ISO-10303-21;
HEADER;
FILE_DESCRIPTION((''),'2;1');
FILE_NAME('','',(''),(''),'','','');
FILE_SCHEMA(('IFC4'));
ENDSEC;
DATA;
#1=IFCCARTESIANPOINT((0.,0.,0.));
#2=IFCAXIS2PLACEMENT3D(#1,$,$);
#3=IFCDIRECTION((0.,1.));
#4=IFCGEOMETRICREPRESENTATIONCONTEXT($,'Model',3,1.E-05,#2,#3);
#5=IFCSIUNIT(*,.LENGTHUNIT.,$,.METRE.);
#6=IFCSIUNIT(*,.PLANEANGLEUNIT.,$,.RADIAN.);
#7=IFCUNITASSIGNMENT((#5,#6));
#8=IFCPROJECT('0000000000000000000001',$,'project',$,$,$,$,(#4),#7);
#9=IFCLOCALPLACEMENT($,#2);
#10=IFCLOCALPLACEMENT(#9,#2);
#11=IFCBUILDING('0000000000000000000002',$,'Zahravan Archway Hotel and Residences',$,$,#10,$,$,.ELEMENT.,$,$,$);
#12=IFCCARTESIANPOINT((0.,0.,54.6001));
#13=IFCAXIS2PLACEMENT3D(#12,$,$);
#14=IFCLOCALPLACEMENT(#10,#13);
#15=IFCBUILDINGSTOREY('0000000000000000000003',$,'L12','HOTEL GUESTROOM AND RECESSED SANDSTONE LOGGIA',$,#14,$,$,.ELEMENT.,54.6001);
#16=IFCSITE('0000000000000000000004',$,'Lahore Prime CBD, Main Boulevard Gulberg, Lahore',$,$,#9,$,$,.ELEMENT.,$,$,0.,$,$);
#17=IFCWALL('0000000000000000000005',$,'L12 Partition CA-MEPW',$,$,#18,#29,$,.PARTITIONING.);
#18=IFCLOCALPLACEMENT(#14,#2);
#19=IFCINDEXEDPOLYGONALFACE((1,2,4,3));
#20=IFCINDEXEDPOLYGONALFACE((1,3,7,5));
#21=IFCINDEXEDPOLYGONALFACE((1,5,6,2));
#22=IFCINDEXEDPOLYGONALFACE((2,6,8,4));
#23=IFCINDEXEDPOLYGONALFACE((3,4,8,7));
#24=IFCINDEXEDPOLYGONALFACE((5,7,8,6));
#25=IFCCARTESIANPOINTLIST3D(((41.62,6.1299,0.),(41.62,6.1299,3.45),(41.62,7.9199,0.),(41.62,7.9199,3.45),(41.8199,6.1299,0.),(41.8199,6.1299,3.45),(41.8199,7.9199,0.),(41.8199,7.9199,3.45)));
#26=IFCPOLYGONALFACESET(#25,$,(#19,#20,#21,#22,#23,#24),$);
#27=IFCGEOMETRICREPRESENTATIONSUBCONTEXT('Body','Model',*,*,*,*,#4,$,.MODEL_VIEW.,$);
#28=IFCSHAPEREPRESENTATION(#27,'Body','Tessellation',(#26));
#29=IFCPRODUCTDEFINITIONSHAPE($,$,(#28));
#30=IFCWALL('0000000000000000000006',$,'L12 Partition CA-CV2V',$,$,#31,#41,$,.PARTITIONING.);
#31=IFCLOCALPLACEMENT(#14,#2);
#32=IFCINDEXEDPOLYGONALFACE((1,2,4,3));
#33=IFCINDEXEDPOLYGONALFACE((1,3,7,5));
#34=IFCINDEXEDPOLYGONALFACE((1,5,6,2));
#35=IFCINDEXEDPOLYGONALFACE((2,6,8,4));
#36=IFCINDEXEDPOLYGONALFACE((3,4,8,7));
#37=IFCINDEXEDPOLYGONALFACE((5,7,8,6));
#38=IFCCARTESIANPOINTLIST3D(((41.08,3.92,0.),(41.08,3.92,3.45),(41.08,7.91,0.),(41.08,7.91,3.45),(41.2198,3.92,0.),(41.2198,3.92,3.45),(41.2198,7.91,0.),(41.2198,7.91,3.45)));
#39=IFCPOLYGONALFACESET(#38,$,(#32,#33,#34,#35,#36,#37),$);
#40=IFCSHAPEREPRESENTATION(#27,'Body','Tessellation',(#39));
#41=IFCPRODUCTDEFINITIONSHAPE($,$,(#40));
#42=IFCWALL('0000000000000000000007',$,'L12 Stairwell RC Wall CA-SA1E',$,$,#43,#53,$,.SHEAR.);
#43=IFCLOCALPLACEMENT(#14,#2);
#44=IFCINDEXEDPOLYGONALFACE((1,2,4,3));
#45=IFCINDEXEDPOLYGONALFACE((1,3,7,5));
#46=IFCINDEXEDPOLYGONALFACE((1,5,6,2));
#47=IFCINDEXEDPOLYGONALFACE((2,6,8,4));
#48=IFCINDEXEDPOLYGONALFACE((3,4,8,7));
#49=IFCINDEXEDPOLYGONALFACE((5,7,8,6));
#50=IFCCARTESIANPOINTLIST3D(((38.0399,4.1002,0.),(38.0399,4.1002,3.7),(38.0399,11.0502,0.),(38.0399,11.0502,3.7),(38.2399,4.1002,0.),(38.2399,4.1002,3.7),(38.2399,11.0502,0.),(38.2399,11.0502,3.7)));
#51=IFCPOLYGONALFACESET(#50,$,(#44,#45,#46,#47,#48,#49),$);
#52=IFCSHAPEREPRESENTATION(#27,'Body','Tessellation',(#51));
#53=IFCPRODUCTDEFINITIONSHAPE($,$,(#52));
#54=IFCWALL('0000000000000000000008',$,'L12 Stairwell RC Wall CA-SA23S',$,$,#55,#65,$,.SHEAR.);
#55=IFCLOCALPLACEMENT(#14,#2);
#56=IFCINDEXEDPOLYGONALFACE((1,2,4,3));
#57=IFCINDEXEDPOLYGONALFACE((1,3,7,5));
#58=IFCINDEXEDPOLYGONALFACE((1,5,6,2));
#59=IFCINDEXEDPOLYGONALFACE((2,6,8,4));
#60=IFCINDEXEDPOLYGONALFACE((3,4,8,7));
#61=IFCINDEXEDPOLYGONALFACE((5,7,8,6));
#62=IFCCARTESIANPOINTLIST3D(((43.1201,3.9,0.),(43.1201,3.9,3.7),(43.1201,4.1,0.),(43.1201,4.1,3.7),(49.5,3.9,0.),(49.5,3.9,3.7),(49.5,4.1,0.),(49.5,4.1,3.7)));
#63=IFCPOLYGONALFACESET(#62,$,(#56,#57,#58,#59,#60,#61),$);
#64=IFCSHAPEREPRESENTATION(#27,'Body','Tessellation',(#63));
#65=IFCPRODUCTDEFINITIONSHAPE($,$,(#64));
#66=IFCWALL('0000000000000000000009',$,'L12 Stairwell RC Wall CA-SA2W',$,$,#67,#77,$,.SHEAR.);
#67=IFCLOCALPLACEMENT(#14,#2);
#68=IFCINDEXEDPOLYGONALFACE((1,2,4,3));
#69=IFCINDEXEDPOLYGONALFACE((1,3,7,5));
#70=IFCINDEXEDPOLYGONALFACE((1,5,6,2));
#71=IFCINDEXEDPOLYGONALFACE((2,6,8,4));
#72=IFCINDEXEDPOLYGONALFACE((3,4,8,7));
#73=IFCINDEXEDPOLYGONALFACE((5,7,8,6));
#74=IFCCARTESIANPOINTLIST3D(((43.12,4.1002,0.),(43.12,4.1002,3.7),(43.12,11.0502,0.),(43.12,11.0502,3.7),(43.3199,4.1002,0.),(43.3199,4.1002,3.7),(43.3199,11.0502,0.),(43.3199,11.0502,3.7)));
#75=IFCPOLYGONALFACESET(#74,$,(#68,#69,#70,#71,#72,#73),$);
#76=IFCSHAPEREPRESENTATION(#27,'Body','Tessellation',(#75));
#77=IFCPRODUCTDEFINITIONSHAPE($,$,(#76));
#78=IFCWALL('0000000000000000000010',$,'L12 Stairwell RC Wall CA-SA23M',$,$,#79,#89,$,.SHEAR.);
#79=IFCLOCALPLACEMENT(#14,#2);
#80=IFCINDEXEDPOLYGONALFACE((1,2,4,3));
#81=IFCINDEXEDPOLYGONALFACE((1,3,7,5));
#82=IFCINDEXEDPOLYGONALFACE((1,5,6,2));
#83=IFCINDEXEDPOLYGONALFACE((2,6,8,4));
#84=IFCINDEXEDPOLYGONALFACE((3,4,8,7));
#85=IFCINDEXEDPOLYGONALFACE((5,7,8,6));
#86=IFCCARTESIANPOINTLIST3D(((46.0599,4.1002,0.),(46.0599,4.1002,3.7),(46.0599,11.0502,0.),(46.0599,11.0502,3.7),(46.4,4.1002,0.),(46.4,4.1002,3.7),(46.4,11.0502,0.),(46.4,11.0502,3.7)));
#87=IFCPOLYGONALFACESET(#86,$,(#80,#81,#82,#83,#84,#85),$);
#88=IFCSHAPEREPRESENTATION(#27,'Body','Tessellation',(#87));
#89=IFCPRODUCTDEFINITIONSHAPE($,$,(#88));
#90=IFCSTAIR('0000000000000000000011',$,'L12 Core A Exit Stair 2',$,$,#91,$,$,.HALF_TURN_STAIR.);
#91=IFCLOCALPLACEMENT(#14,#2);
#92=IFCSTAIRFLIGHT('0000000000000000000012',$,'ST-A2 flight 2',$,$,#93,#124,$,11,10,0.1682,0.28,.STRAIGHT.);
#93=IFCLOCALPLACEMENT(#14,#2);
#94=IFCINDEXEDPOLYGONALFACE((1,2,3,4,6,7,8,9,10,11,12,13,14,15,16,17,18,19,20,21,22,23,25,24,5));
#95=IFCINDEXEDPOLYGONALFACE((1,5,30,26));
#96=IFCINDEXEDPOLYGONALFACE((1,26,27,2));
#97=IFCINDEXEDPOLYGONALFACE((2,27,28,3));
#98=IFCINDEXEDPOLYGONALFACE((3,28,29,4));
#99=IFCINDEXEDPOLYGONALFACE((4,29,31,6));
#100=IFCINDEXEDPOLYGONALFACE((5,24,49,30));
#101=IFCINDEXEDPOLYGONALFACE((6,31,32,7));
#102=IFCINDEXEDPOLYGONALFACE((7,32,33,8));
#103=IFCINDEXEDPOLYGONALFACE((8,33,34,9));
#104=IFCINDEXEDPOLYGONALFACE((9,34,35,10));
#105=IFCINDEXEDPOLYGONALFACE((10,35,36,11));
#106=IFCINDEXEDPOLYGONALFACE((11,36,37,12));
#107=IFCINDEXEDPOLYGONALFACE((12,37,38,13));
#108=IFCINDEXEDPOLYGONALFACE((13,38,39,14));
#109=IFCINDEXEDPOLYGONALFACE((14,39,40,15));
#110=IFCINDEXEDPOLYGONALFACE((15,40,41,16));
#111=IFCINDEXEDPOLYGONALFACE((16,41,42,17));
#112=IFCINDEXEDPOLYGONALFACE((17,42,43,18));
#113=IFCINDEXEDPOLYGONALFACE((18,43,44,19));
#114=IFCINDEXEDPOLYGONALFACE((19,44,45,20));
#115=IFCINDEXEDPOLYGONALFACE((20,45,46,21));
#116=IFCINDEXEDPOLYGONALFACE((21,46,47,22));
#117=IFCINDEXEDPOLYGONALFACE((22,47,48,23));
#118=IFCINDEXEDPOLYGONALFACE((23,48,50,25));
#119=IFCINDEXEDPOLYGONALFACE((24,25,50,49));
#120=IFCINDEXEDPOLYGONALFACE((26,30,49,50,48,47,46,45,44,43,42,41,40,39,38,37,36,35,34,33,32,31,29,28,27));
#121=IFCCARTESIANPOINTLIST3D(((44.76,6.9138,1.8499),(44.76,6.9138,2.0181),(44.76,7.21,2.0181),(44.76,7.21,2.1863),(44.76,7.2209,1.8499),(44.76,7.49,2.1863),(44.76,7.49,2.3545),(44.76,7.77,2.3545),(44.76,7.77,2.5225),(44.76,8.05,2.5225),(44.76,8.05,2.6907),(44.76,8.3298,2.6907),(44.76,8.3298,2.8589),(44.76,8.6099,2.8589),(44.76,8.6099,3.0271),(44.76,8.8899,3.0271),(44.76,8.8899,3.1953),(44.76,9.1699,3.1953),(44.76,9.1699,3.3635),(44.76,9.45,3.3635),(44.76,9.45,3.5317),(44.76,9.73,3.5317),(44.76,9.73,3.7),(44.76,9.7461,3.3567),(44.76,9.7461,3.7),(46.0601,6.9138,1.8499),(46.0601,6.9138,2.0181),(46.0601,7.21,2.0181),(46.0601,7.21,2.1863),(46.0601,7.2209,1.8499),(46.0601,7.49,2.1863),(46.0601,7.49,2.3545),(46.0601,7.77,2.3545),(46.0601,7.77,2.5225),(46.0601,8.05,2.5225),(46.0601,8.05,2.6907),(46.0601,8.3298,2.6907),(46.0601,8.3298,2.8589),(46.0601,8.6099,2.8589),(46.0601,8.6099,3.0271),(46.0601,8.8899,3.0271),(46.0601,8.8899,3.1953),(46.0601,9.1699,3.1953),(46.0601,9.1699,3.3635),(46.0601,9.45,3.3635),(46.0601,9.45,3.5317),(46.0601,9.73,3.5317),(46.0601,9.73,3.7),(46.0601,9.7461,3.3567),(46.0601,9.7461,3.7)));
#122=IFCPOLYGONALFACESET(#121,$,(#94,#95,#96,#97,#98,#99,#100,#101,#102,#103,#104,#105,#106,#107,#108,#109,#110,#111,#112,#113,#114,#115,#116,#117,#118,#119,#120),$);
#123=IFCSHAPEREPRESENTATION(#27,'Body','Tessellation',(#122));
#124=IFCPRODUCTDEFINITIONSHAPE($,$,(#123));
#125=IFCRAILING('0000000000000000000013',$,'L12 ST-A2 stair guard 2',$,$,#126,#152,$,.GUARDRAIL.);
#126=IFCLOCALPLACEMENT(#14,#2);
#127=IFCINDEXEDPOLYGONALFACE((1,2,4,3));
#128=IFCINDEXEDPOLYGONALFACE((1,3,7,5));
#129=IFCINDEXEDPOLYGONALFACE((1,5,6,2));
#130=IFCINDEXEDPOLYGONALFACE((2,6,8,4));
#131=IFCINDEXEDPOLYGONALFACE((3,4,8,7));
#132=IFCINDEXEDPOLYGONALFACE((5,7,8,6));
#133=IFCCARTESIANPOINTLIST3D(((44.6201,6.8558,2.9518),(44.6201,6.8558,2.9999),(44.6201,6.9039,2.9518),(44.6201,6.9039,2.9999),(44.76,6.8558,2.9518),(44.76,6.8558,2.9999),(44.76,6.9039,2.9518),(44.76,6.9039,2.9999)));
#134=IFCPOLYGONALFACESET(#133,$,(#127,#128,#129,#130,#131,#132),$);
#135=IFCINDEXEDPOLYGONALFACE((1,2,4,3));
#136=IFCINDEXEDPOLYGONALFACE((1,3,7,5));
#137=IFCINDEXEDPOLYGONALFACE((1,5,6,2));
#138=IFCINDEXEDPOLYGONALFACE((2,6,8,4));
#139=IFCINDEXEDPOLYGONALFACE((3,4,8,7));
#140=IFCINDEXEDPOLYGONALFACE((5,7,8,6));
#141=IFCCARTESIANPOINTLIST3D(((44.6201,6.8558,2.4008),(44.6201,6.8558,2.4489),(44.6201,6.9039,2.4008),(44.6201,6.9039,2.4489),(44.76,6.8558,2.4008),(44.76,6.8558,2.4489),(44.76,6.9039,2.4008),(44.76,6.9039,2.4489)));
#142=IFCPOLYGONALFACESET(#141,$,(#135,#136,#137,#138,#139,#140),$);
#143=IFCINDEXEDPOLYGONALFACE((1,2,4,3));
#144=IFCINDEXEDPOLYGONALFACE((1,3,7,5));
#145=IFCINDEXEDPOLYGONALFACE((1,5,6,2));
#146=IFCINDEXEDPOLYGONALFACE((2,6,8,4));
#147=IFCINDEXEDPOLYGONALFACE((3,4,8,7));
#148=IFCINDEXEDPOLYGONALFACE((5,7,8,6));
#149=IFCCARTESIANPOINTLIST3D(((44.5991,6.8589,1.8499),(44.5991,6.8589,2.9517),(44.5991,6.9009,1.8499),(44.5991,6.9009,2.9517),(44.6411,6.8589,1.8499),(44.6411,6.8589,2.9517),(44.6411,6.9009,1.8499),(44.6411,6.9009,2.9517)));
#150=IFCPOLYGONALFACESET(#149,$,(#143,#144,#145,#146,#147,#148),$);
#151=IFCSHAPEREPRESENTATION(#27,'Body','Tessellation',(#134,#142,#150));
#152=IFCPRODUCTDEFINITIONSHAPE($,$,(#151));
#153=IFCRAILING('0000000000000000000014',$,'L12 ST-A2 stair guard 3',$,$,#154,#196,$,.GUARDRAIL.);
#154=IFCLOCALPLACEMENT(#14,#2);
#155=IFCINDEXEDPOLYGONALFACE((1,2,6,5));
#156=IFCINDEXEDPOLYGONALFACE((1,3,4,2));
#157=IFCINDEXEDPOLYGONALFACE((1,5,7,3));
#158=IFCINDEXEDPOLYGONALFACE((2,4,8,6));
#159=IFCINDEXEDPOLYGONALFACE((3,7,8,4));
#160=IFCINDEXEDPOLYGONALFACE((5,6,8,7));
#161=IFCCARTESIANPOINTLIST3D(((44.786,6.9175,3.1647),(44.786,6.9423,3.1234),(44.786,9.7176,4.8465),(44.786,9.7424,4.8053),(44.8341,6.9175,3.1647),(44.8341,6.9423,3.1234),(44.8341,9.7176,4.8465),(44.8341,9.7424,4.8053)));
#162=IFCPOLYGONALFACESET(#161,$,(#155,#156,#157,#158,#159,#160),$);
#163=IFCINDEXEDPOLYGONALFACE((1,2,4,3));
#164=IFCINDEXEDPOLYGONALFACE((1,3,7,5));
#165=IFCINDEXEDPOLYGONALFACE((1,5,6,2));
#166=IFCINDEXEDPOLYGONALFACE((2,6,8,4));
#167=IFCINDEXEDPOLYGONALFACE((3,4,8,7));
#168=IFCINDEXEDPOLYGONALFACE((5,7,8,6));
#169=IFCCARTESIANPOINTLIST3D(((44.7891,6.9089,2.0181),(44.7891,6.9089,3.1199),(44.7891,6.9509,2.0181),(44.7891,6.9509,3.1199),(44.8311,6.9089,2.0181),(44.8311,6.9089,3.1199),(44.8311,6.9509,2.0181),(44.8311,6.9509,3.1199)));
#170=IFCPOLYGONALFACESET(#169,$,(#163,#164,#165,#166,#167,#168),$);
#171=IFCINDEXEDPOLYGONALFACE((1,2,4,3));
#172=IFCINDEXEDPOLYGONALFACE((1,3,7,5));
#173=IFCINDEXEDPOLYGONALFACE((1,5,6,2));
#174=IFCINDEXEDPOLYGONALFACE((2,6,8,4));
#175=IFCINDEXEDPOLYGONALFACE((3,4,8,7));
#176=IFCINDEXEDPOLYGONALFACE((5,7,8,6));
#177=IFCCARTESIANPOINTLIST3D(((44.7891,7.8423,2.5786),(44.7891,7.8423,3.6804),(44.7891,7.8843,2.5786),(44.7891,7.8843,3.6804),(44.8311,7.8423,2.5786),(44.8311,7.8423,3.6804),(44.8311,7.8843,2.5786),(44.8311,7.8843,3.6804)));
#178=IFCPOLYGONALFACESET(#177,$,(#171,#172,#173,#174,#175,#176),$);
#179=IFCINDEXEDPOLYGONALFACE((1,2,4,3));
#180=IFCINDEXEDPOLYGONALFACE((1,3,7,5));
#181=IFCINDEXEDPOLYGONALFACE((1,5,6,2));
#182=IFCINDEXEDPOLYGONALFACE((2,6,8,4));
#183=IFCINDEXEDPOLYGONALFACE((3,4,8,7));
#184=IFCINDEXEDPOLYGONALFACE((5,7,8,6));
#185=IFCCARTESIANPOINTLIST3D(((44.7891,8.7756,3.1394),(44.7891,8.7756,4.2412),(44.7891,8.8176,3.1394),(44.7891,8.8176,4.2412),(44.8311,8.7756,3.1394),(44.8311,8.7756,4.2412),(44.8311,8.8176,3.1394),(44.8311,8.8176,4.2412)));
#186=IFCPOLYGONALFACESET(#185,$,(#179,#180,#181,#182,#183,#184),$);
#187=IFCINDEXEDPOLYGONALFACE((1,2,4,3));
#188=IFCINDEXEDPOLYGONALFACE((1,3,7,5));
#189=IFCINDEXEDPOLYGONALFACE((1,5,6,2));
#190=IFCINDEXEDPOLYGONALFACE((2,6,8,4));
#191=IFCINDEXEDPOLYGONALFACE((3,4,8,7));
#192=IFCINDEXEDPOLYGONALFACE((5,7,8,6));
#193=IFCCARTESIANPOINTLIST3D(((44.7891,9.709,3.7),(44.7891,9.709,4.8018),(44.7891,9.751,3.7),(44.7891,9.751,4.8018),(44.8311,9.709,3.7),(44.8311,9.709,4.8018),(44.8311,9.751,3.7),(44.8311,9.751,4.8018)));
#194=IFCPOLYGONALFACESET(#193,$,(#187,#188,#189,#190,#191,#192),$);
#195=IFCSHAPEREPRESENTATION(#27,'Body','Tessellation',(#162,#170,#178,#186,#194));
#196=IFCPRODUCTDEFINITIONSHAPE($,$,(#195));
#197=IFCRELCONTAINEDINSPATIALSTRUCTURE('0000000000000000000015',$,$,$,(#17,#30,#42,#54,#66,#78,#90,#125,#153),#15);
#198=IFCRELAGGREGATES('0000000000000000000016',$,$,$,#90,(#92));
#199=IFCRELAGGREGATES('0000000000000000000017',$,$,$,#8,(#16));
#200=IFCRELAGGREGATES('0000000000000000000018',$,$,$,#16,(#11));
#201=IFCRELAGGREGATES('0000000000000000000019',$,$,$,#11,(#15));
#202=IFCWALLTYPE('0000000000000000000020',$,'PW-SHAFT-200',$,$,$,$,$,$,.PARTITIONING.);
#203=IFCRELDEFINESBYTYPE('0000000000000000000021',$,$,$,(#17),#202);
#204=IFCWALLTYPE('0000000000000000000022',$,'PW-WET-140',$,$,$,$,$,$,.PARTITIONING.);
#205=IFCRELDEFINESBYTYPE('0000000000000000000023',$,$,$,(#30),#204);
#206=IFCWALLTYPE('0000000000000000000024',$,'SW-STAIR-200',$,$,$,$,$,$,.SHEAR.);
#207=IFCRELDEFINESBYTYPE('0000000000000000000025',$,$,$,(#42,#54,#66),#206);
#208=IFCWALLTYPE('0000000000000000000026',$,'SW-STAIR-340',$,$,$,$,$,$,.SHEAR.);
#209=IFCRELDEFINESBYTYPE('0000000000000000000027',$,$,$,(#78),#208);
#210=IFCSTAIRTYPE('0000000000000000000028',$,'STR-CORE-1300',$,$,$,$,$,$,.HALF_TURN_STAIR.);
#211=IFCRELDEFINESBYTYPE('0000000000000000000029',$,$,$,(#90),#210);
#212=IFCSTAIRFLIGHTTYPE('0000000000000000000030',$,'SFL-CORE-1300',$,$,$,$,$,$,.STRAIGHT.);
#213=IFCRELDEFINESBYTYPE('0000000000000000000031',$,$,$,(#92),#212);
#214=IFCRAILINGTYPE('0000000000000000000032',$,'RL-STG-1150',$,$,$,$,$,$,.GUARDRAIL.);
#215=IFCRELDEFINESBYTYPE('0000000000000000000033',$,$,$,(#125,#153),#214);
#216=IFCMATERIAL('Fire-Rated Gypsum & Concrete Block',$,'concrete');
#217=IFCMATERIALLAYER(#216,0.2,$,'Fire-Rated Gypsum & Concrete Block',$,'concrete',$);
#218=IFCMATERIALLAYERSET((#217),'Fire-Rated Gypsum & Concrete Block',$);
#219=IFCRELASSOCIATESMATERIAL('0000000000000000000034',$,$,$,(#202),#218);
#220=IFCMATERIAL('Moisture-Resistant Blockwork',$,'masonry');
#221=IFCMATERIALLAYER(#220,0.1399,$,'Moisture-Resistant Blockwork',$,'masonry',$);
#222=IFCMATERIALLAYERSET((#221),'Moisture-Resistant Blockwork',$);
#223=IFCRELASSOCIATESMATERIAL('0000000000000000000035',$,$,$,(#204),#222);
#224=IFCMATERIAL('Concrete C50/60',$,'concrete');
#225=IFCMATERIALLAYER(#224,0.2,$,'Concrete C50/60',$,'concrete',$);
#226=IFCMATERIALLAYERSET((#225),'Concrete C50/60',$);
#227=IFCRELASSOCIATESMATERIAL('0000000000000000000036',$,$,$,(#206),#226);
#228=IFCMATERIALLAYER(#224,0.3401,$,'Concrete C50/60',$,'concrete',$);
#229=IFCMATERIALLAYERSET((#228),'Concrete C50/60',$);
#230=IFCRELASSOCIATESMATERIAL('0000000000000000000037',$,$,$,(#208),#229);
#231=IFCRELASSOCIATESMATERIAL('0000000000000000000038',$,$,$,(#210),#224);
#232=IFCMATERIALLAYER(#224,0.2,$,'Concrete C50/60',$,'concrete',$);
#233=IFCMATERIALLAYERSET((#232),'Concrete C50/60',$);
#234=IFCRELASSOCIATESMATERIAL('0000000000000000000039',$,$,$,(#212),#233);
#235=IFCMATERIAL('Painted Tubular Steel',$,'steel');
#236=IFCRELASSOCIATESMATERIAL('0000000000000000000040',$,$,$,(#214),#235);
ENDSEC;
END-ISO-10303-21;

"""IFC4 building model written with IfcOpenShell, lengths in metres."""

from ifc_helpers import new_model, si_unit, direction, frame, frame_2d, origin, origin_2d, place, context, subcontext, project, spatial, polyline, rectangle, outline, extrude, source, transform, mapped, material, layer, layer_set, type_object, element, aggregate, save


model = new_model("IFC4")

# Units and contexts
model_context = context("Model", 3, precision=1e-05, world=origin(), true_north=direction((0.0, 1.0)))
body_context = subcontext(model_context, "Body", "Model", "MODEL_VIEW")
ifc_project = project(units=[si_unit("LENGTHUNIT", "METRE"), si_unit("PLANEANGLEUNIT", "RADIAN")], contexts=[model_context])

# Site, building, storey
site_placement = place(None, origin())
site = spatial("IfcSite", under=ifc_project, at=site_placement, Name="Lahore Prime CBD, Main Boulevard Gulberg, Lahore", CompositionType="ELEMENT", RefElevation=0.0)
building_placement = place(site_placement, origin())
building = spatial("IfcBuilding", under=site, at=building_placement, Name="Zahravan Archway Hotel and Residences", CompositionType="ELEMENT")
storey_placement = place(building_placement, frame((0.0, 0.0, 54.6001)))
storey = spatial("IfcBuildingStorey", under=building, at=storey_placement, Name="L12", Description="HOTEL GUESTROOM AND RECESSED SANDSTONE LOGGIA", CompositionType="ELEMENT", Elevation=54.6001)

# Shared definitions
ifc_material_1 = material(Name="Fire-Rated Gypsum & Concrete Block", Category="concrete")
ifc_layer_1 = layer(ifc_material_1, 0.2, Name="Fire-Rated Gypsum & Concrete Block", Category="concrete")
ifc_layer_set_1 = layer_set([ifc_layer_1], Name="Fire-Rated Gypsum & Concrete Block")
wall_type_1 = type_object("IfcWallType", Name="PW-SHAFT-200", PredefinedType="PARTITIONING", material=ifc_layer_set_1)

# Walls
wall_1_placement = place(storey_placement, frame((41.72, 6.1299, 0.0), z_axis=(0.0, 0.0, 1.0), x_axis=(0.0, 1.0, 0.0)))
element("IfcWall", 1, at=wall_1_placement, inside=storey, type_object=wall_type_1, Name="L12 Partition CA-MEPW", PredefinedType="PARTITIONING", context=body_context, shape_type="SweptSolid", body=[
    extrude(rectangle(XDim=1.79, YDim=0.2, at=frame_2d((0.895, 0.0))), origin(), (0.0, 0.0, 1.0), 3.45),
])
ifc_material_2 = material(Name="Moisture-Resistant Blockwork", Category="masonry")
ifc_layer_2 = layer(ifc_material_2, 0.1399, Name="Moisture-Resistant Blockwork", Category="masonry")
ifc_layer_set_2 = layer_set([ifc_layer_2], Name="Moisture-Resistant Blockwork")
wall_type_2 = type_object("IfcWallType", Name="PW-WET-140", PredefinedType="PARTITIONING", material=ifc_layer_set_2)
wall_2_placement = place(storey_placement, frame((41.1499, 3.9199, 0.0), z_axis=(0.0, 0.0, 1.0), x_axis=(0.0, 1.0, 0.0)))
element("IfcWall", 2, at=wall_2_placement, inside=storey, type_object=wall_type_2, Name="L12 Partition CA-CV2V", PredefinedType="PARTITIONING", context=body_context, shape_type="SweptSolid", body=[
    extrude(rectangle(XDim=3.99, YDim=0.1399, at=frame_2d((1.9951, 0.0))), origin(), (0.0, 0.0, 1.0), 3.45),
])
ifc_material_3 = material(Name="Concrete C50/60", Category="concrete")
ifc_layer_3 = layer(ifc_material_3, 0.2, Name="Concrete C50/60", Category="concrete")
ifc_layer_set_3 = layer_set([ifc_layer_3], Name="Concrete C50/60")
wall_type_3 = type_object("IfcWallType", Name="SW-STAIR-200", PredefinedType="SHEAR", material=ifc_layer_set_3)
wall_3_placement = place(storey_placement, frame((38.1399, 4.1001, 0.0), z_axis=(0.0, 0.0, 1.0), x_axis=(0.0, 1.0, 0.0)))
element("IfcWall", 3, at=wall_3_placement, inside=storey, type_object=wall_type_3, Name="L12 Stairwell RC Wall CA-SA1E", PredefinedType="SHEAR", context=body_context, shape_type="SweptSolid", body=[
    extrude(rectangle(XDim=6.95, YDim=0.2, at=frame_2d((3.4751, 0.0))), origin(), (0.0, 0.0, 1.0), 3.7),
])
wall_4_placement = place(storey_placement, frame((43.1201, 4.0, 0.0), z_axis=(0.0, 0.0, 1.0), x_axis=(1.0, 0.0, 0.0)))
element("IfcWall", 4, at=wall_4_placement, inside=storey, type_object=wall_type_3, Name="L12 Stairwell RC Wall CA-SA23S", PredefinedType="SHEAR", context=body_context, shape_type="SweptSolid", body=[
    extrude(rectangle(XDim=6.3799, YDim=0.2, at=frame_2d((3.1899, 0.0))), origin(), (0.0, 0.0, 1.0), 3.7),
])
wall_5_placement = place(storey_placement, frame((43.22, 4.1001, 0.0), z_axis=(0.0, 0.0, 1.0), x_axis=(0.0, 1.0, 0.0)))
element("IfcWall", 5, at=wall_5_placement, inside=storey, type_object=wall_type_3, Name="L12 Stairwell RC Wall CA-SA2W", PredefinedType="SHEAR", context=body_context, shape_type="SweptSolid", body=[
    extrude(rectangle(XDim=6.95, YDim=0.2, at=frame_2d((3.4751, 0.0))), origin(), (0.0, 0.0, 1.0), 3.7),
])
ifc_layer_4 = layer(ifc_material_3, 0.3401, Name="Concrete C50/60", Category="concrete")
ifc_layer_set_4 = layer_set([ifc_layer_4], Name="Concrete C50/60")
wall_type_4 = type_object("IfcWallType", Name="SW-STAIR-340", PredefinedType="SHEAR", material=ifc_layer_set_4)
wall_6_placement = place(storey_placement, frame((46.23, 4.1001, 0.0), z_axis=(0.0, 0.0, 1.0), x_axis=(0.0, 1.0, 0.0)))
element("IfcWall", 6, at=wall_6_placement, inside=storey, type_object=wall_type_4, Name="L12 Stairwell RC Wall CA-SA23M", PredefinedType="SHEAR", context=body_context, shape_type="SweptSolid", body=[
    extrude(rectangle(XDim=6.95, YDim=0.3401, at=frame_2d((3.4751, 0.0))), origin(), (0.0, 0.0, 1.0), 3.7),
])

# Stair, stair flight
stair_type = type_object("IfcStairType", Name="STR-CORE-1300", PredefinedType="HALF_TURN_STAIR", material=ifc_material_3)
stair_placement = place(storey_placement, origin())
stair = element("IfcStair", 7, at=stair_placement, inside=storey, type_object=stair_type, Name="L12 Core A Exit Stair 2", PredefinedType="HALF_TURN_STAIR")
ifc_layer_5 = layer(ifc_material_3, 0.2, Name="Concrete C50/60", Category="concrete")
ifc_layer_set_5 = layer_set([ifc_layer_5], Name="Concrete C50/60")
stair_flight_type = type_object("IfcStairFlightType", Name="SFL-CORE-1300", PredefinedType="STRAIGHT", material=ifc_layer_set_5)
shared_shape_1 = source(origin(), body_context, "Body", "SweptSolid", [
    extrude(outline(polyline([(-0.0161, 0.0), (-0.0161, 0.1682), (0.28, 0.1682), (0.28, 0.3364), (0.5601, 0.3364), (0.5601, 0.5046), (0.8401, 0.5046), (0.8401, 0.6726), (1.1201, 0.6726), (1.1201, 0.8408), (1.3999, 0.8408), (1.3999, 1.009), (1.6799, 1.009), (1.6799, 1.1772), (1.96, 1.1772), (1.96, 1.3455), (2.24, 1.3455), (2.24, 1.5137), (2.52, 1.5137), (2.52, 1.6819), (2.8, 1.6819), (2.8, 1.8501), (2.8162, 1.8501), (2.8162, 1.5068), (0.291, 0.0), (-0.0161, 0.0)])), frame((0.0, 0.6499, 0.0), z_axis=(0.0, -1.0, 0.0), x_axis=(1.0, 0.0, 0.0)), (0.0, 0.0, 1.0), 1.3),
])
stair_flight_placement = place(storey_placement, frame((45.4099, 6.9299, 1.8499), z_axis=(0.0, 0.0, 1.0), x_axis=(0.0, 1.0, 0.0)))
stair_flight = element("IfcStairFlight", 8, at=stair_flight_placement, type_object=stair_flight_type, Name="ST-A2 flight 2", NumberOfRisers=11, NumberOfTreads=10, PredefinedType="STRAIGHT", RiserHeight=0.1682, TreadLength=0.28, context=body_context, shape_type="MappedRepresentation", body=[
    mapped(shared_shape_1, transform((0.0, 0.0, 0.0), scale=1.0)),
])
aggregate(stair, [stair_flight])

# Railings
ifc_material_4 = material(Name="Painted Tubular Steel", Category="steel")
railing_type_1 = type_object("IfcRailingType", Name="RL-STG-1150", PredefinedType="GUARDRAIL", material=ifc_material_4)
railing_1_placement = place(storey_placement, frame((44.6201, 6.8799, 1.8499)))
element("IfcRailing", 9, at=railing_1_placement, inside=storey, type_object=railing_type_1, Name="L12 ST-A2 stair guard 2", PredefinedType="GUARDRAIL", context=body_context, shape_type="SweptSolid", body=[
    extrude(rectangle(XDim=0.0481, YDim=0.0481, at=origin_2d()), frame((0.0, 0.0, 1.126), z_axis=(1.0, 0.0, 0.0), x_axis=(0.0, 1.0, 0.0)), (0.0, 0.0, 1.0), 0.1399),
    extrude(rectangle(XDim=0.0481, YDim=0.0481, at=origin_2d()), frame((0.0, 0.0, 0.575), z_axis=(1.0, 0.0, 0.0), x_axis=(0.0, 1.0, 0.0)), (0.0, 0.0, 1.0), 0.1399),
    extrude(rectangle(XDim=0.042, YDim=0.042, at=origin_2d()), origin(), (0.0, 0.0, 1.0), 1.1018),
])
railing_2_placement = place(storey_placement, frame((44.8101, 6.9299, 2.0181)))
element("IfcRailing", 10, at=railing_2_placement, inside=storey, type_object=railing_type_1, Name="L12 ST-A2 stair guard 3", PredefinedType="GUARDRAIL", context=body_context, shape_type="SweptSolid", body=[
    extrude(rectangle(XDim=0.0481, YDim=0.0481, at=origin_2d()), frame((0.0, 0.0, 1.126), z_axis=(0.0, 0.857242, 0.514913), x_axis=(-1.0, 0.0, 0.0)), (0.0, 0.0, 1.0), 3.2664),
    extrude(rectangle(XDim=0.042, YDim=0.042, at=origin_2d()), origin(), (0.0, 0.0, 1.0), 1.1018),
    extrude(rectangle(XDim=0.042, YDim=0.042, at=origin_2d()), frame((0.0, 0.9333, 0.5605)), (0.0, 0.0, 1.0), 1.1018),
    extrude(rectangle(XDim=0.042, YDim=0.042, at=origin_2d()), frame((0.0, 1.8667, 1.1213)), (0.0, 0.0, 1.0), 1.1018),
    extrude(rectangle(XDim=0.042, YDim=0.042, at=origin_2d()), frame((0.0, 2.8, 1.6819)), (0.0, 0.0, 1.0), 1.1018),
])

save(model, "model.ifc")
